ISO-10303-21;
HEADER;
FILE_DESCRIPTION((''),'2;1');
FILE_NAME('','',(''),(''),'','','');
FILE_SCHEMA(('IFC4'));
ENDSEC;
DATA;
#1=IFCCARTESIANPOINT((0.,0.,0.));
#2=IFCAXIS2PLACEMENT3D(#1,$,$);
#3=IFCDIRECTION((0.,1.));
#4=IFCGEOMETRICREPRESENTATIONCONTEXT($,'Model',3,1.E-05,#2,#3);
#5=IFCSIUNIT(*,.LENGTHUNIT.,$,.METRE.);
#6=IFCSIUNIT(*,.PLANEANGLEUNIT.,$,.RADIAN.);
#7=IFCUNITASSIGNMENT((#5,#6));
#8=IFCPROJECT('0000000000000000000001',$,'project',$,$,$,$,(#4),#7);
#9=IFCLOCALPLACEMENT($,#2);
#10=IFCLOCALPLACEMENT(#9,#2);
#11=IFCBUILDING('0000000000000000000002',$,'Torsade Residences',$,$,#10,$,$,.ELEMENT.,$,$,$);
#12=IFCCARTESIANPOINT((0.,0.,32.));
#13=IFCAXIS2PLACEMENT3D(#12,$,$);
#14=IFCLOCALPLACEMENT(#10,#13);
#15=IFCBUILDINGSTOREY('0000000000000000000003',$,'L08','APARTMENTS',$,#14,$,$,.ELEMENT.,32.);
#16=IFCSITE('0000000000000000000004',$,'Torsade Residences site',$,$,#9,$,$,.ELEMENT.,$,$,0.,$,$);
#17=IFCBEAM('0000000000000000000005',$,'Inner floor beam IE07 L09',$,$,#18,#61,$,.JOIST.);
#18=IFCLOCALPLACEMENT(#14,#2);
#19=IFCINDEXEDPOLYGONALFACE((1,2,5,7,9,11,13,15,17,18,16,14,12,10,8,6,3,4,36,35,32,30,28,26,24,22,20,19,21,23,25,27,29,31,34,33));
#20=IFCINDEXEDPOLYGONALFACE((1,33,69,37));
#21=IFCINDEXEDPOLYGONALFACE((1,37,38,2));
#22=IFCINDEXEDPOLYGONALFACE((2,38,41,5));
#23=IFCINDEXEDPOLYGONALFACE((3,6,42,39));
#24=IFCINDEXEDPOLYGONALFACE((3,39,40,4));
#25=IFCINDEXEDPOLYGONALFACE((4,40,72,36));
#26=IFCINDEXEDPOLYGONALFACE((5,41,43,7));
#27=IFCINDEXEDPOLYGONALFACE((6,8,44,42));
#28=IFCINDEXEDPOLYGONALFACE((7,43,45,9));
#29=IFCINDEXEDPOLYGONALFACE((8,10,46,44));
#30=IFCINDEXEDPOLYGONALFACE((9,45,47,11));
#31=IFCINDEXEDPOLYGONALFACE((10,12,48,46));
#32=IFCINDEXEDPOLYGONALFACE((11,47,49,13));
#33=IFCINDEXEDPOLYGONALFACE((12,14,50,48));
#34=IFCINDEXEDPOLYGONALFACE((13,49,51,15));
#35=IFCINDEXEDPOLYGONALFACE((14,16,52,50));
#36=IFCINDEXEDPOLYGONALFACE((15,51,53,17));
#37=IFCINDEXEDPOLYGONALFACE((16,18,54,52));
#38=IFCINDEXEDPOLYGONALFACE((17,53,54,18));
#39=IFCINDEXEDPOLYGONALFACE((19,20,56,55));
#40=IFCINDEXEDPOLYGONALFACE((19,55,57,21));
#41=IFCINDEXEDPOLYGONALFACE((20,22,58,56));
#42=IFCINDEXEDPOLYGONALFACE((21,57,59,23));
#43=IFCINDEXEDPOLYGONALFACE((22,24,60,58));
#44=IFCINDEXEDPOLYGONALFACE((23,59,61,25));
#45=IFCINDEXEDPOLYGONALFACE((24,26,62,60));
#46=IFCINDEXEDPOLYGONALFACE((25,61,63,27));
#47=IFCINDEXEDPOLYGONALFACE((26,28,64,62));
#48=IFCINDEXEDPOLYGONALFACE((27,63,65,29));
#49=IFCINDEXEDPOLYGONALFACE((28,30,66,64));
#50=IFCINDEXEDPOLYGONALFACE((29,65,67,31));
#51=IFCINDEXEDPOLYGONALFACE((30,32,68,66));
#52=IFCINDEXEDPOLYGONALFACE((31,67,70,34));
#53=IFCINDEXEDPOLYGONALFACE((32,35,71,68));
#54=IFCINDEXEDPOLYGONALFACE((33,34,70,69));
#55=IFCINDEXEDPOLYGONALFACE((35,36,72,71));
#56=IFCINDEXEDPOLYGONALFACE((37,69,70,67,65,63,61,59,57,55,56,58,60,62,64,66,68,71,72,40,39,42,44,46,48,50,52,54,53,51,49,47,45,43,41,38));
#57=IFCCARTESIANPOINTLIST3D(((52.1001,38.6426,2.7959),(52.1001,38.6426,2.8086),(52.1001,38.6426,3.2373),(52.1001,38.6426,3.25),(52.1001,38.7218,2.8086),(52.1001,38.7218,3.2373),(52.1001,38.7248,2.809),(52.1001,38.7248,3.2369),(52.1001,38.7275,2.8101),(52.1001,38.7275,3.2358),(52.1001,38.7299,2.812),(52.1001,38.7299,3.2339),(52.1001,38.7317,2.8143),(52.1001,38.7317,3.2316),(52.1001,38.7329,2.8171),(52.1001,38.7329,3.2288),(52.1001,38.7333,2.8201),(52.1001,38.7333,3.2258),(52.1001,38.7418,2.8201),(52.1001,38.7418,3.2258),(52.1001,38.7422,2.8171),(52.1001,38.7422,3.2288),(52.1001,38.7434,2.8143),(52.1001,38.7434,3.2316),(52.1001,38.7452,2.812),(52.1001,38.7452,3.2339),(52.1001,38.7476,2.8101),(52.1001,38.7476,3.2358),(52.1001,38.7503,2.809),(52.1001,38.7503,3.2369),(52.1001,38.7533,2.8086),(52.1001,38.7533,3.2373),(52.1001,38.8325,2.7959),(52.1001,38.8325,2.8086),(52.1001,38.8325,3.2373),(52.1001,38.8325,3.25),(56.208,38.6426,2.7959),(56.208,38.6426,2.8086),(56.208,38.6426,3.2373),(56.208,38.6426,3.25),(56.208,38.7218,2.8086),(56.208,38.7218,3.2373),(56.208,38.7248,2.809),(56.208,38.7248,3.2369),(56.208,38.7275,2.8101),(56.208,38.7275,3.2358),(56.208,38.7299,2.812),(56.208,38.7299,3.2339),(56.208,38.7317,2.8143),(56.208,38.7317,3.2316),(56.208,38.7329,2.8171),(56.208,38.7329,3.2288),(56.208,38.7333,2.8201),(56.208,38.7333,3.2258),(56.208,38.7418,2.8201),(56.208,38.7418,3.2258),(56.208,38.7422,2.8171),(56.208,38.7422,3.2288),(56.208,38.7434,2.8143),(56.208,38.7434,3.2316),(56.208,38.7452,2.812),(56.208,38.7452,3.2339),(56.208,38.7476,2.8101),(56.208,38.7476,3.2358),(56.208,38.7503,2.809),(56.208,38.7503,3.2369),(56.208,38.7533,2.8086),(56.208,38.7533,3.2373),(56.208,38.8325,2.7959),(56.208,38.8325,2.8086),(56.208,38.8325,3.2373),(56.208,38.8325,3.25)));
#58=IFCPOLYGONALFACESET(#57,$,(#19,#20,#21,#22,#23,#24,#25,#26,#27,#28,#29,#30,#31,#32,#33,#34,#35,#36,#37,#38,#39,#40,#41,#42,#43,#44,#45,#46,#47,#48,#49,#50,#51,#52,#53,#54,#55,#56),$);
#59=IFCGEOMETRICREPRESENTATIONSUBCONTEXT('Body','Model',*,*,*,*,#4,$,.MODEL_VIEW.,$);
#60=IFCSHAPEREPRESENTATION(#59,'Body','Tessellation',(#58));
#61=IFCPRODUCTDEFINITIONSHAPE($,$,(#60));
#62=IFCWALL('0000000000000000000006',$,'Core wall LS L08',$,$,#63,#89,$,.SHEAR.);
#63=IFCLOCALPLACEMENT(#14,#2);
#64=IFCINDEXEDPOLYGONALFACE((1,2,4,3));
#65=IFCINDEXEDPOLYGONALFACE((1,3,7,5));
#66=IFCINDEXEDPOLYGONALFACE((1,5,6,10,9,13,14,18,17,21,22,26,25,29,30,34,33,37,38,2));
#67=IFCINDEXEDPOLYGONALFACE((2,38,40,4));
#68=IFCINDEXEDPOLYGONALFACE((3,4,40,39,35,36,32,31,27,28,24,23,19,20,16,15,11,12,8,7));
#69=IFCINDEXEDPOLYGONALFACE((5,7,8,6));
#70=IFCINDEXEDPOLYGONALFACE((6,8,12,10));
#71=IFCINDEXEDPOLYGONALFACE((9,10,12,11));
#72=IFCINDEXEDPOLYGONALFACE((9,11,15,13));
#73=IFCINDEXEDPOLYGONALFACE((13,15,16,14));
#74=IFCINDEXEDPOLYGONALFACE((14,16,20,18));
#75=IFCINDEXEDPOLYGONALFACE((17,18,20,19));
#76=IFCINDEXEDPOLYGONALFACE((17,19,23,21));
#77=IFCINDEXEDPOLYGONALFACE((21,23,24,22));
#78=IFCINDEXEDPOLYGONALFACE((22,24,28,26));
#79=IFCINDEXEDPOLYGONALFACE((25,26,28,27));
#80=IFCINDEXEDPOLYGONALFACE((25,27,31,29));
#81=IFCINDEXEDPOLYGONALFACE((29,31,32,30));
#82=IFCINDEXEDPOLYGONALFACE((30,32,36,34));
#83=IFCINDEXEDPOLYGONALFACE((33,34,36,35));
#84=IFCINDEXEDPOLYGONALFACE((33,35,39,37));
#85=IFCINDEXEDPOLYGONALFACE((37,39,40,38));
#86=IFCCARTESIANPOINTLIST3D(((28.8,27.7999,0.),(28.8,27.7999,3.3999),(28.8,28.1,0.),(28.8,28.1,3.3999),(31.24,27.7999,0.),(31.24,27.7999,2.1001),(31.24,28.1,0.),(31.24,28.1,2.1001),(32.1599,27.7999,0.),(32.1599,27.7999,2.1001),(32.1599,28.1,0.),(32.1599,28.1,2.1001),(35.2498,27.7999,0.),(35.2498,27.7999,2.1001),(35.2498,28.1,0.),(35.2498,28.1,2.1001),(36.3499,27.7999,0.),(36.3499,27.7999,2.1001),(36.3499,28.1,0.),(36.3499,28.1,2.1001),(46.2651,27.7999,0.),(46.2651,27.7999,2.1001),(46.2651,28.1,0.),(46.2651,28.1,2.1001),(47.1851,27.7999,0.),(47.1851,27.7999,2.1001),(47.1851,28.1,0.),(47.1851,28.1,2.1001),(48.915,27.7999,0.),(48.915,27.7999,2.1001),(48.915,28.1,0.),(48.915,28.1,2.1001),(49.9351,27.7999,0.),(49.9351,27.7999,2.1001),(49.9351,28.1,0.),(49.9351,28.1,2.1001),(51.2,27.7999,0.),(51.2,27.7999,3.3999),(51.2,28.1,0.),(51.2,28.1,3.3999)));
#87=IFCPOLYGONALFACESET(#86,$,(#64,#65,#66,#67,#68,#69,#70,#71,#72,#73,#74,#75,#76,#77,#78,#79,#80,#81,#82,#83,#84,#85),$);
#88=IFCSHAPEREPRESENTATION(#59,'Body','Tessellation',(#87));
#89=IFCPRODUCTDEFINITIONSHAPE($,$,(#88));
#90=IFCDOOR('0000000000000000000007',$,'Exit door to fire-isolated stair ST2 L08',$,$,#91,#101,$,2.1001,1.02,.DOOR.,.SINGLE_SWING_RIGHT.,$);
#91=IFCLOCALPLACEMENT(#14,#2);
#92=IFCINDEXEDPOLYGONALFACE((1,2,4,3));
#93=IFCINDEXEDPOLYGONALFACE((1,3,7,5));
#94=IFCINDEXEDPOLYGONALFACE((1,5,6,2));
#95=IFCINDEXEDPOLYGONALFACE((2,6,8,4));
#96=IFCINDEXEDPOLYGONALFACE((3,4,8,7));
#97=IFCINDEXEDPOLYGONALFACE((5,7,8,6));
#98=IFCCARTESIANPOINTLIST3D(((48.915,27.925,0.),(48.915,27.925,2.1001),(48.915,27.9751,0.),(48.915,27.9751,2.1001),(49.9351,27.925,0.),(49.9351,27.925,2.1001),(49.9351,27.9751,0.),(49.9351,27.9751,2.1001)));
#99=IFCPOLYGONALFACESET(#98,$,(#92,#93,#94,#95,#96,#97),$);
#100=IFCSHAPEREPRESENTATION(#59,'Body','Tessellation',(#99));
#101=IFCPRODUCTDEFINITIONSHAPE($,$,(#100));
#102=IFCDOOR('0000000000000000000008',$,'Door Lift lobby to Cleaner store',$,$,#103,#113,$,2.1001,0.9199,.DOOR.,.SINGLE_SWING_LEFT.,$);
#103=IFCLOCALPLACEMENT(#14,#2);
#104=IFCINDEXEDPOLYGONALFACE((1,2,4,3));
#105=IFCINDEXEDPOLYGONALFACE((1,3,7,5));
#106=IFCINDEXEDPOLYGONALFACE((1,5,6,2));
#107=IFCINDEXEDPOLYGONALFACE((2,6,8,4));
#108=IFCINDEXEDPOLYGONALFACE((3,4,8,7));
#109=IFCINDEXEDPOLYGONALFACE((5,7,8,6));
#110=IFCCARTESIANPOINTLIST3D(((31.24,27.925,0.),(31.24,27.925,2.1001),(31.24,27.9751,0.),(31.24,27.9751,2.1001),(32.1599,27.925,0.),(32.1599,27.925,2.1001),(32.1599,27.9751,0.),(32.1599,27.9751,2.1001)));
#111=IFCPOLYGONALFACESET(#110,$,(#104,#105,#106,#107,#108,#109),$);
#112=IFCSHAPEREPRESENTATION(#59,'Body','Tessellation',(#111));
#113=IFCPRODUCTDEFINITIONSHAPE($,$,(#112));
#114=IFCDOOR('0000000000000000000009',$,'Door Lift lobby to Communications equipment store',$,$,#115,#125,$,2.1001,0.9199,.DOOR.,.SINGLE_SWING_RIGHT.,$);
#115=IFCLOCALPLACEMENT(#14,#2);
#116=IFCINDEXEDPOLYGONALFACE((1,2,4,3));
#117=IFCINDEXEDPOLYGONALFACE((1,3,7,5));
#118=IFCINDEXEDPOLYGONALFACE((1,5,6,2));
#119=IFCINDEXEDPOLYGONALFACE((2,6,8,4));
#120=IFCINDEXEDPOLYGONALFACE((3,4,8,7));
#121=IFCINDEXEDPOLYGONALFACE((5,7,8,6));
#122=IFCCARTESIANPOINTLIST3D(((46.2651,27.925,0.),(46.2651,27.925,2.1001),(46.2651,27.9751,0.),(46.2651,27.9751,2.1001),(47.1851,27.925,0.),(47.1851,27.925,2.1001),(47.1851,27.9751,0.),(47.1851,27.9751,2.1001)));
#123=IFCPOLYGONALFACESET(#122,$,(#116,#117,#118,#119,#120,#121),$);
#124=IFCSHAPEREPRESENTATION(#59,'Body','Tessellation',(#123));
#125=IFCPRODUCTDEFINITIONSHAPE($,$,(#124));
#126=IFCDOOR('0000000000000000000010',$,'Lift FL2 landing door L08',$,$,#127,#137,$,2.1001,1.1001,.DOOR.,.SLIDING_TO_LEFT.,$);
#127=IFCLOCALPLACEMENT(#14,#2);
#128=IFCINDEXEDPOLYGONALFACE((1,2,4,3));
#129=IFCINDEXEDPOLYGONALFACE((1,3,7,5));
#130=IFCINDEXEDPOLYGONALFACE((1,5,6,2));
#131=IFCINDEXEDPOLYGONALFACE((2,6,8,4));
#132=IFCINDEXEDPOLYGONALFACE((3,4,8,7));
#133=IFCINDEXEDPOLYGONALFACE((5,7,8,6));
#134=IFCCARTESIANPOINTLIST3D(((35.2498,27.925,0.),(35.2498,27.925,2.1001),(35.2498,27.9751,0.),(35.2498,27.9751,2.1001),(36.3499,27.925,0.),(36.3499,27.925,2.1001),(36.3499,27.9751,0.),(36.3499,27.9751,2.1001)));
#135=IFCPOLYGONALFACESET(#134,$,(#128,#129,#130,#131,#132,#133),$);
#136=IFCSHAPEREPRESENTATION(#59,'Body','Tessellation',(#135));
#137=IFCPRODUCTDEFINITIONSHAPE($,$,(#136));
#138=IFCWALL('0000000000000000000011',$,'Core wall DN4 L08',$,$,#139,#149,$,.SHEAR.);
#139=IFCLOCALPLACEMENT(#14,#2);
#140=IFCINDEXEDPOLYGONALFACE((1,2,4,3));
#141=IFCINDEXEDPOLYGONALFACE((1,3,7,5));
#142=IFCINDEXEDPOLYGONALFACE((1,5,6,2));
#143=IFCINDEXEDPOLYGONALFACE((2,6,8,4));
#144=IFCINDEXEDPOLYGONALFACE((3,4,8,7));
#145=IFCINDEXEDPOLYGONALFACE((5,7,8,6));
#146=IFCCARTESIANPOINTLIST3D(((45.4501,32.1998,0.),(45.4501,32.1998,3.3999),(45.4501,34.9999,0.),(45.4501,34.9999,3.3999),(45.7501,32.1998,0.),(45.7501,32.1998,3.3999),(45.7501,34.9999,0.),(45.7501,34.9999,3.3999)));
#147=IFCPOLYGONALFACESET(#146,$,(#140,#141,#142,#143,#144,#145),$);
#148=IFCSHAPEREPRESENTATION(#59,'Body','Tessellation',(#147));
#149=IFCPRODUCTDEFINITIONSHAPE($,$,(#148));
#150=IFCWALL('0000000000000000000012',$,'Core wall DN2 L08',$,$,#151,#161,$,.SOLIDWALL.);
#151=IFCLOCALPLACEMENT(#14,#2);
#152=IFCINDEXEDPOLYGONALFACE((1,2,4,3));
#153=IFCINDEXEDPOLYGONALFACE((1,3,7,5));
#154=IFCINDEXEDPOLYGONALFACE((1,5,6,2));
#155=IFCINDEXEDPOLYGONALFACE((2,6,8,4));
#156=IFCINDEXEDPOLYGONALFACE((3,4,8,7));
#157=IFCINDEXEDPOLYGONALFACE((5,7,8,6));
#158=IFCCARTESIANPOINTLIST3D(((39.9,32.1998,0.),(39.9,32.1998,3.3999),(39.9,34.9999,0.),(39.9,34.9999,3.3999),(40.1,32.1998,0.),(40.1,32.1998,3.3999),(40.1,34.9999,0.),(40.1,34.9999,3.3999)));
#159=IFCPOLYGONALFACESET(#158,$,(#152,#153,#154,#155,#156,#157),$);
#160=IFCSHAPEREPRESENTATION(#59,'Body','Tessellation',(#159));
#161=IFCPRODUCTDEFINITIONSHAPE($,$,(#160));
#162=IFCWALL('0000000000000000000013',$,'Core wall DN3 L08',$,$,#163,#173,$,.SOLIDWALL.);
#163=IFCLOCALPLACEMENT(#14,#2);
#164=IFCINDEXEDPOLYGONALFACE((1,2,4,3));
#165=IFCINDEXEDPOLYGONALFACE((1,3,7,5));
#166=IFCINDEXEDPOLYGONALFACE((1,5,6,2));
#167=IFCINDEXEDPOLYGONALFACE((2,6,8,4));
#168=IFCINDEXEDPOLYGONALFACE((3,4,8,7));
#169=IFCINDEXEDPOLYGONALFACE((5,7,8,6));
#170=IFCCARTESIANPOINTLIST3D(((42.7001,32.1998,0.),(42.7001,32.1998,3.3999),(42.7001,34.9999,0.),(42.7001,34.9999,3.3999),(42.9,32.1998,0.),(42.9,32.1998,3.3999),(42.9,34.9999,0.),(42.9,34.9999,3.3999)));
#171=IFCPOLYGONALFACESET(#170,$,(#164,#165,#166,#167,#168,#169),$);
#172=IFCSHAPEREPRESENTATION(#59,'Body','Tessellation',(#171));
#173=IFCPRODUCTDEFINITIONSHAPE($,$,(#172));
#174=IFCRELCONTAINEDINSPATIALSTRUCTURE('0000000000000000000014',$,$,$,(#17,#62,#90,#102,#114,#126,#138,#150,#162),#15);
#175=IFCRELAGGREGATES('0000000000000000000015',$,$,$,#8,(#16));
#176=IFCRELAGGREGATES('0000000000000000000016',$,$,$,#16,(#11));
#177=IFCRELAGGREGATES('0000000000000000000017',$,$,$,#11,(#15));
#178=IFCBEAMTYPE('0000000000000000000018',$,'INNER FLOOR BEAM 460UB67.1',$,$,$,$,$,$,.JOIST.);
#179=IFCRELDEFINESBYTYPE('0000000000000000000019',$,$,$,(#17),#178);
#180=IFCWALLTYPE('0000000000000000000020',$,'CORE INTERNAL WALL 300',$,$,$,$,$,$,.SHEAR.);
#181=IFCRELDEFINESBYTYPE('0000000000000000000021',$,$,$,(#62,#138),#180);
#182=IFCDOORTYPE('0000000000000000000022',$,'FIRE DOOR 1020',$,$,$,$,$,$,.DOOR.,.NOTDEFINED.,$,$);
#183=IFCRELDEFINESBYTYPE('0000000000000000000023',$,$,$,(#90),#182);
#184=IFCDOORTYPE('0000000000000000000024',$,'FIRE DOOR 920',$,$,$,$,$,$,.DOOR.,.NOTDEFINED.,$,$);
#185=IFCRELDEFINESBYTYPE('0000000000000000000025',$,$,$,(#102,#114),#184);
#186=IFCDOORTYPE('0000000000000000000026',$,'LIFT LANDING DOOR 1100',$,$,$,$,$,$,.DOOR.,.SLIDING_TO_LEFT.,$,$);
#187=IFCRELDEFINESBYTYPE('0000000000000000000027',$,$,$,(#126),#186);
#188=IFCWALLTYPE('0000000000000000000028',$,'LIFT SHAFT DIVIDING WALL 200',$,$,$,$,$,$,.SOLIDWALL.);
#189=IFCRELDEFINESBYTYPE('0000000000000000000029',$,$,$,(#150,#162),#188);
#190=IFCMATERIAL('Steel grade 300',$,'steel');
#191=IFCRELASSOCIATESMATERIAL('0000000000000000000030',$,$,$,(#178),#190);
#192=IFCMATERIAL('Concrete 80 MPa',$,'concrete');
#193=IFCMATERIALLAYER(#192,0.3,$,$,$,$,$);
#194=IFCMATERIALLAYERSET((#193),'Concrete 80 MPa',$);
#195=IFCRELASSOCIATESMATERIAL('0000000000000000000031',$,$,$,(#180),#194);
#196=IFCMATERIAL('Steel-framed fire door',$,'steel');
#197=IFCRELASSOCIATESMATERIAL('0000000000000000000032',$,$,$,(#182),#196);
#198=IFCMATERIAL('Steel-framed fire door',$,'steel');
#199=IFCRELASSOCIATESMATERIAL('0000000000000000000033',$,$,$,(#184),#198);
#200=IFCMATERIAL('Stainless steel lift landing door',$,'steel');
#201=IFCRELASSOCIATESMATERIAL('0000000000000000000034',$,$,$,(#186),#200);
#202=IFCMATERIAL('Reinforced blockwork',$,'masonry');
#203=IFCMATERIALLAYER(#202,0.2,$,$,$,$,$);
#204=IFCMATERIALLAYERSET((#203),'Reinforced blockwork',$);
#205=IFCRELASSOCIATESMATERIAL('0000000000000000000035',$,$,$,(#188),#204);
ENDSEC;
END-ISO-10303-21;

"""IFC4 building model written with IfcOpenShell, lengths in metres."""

from ifc_helpers import new_model, si_unit, direction, frame, frame_2d, origin, origin_2d, place, context, subcontext, project, spatial, rectangle, i_section, extrude, material, layer, layer_set, material_profile, profile_set, type_object, element, fill, save


model = new_model("IFC4")

# Units and contexts
model_context = context("Model", 3, precision=1e-05, world=origin(), true_north=direction((0.0, 1.0)))
body_context = subcontext(model_context, "Body", "Model", "MODEL_VIEW")
ifc_project = project(units=[si_unit("LENGTHUNIT", "METRE"), si_unit("PLANEANGLEUNIT", "RADIAN")], contexts=[model_context])

# Site, building, storey
site_placement = place(None, origin())
site = spatial("IfcSite", under=ifc_project, at=site_placement, Name="Torsade Residences site", CompositionType="ELEMENT", RefElevation=0.0)
building_placement = place(site_placement, origin())
building = spatial("IfcBuilding", under=site, at=building_placement, Name="Torsade Residences", CompositionType="ELEMENT")
storey_placement = place(building_placement, frame((0.0, 0.0, 32.0)))
storey = spatial("IfcBuildingStorey", under=building, at=storey_placement, Name="L08", Description="APARTMENTS", CompositionType="ELEMENT", Elevation=32.0)

# Beam
ifc_material_1 = material(Name="Steel grade 300", Category="steel")
ifc_material_profile_1 = material_profile(ifc_material_1, i_section(OverallWidth=0.1899, OverallDepth=0.4541, WebThickness=0.0085, FlangeThickness=0.0127, FilletRadius=0.0115, at=origin_2d()), Name="460UB67.1")
ifc_profile_set_1 = profile_set([ifc_material_profile_1], Name="Steel grade 300")
beam_type = type_object("IfcBeamType", Name="INNER FLOOR BEAM 460UB67.1", PredefinedType="JOIST", material=ifc_profile_set_1)
beam_1_placement = place(storey_placement, frame((52.1001, 38.7375, 3.0229), z_axis=(1.0, 0.0, 0.0), x_axis=(0.0, 1.0, 0.0)))
element("IfcBeam", 1, at=beam_1_placement, inside=storey, type_object=beam_type, Name="Inner floor beam IE07 L09", PredefinedType="JOIST", context=body_context, shape_type="SweptSolid", body=[
    extrude(i_section(OverallWidth=0.1899, OverallDepth=0.4541, WebThickness=0.0085, FlangeThickness=0.0127, FilletRadius=0.0115, at=origin_2d()), origin(), (0.0, 0.0, 1.0), 4.1079),
])

# Wall, openings, doors
ifc_material_2 = material(Name="Concrete 80 MPa", Category="concrete")
ifc_layer_1 = layer(ifc_material_2, 0.3)
ifc_layer_set_1 = layer_set([ifc_layer_1], Name="Concrete 80 MPa")
wall_type_1 = type_object("IfcWallType", Name="CORE INTERNAL WALL 300", PredefinedType="SHEAR", material=ifc_layer_set_1)
wall_1_placement = place(storey_placement, frame((51.2, 27.95, 0.0), z_axis=(0.0, 0.0, 1.0), x_axis=(-1.0, 0.0, 0.0)))
wall_1 = element("IfcWall", 2, at=wall_1_placement, inside=storey, type_object=wall_type_1, Name="Core wall LS L08", PredefinedType="SHEAR", context=body_context, shape_type="SweptSolid", body=[
    extrude(rectangle(XDim=22.3999, YDim=0.3, at=frame_2d((11.2, 0.0))), origin(), (0.0, 0.0, 1.0), 3.3999),
])
opening_1_placement = place(wall_1_placement, frame((19.04, 0.0, 0.0)))
opening_1 = element("IfcOpeningElement", 3, at=opening_1_placement, cuts=wall_1, PredefinedType="OPENING", context=body_context, shape_type="SweptSolid", body=[
    extrude(rectangle(XDim=0.9199, YDim=2.1001, at=frame_2d((0.46, 1.05))), frame((0.0, 0.1599, 0.0), z_axis=(0.0, -1.0, 0.0), x_axis=(1.0, 0.0, 0.0)), (0.0, 0.0, 1.0), 0.3201),
])
opening_2_placement = place(wall_1_placement, frame((1.2649, 0.0, 0.0)))
opening_2 = element("IfcOpeningElement", 4, at=opening_2_placement, cuts=wall_1, PredefinedType="OPENING", context=body_context, shape_type="SweptSolid", body=[
    extrude(rectangle(XDim=1.02, YDim=2.1001, at=frame_2d((0.51, 1.05))), frame((0.0, 0.1599, 0.0), z_axis=(0.0, -1.0, 0.0), x_axis=(1.0, 0.0, 0.0)), (0.0, 0.0, 1.0), 0.3201),
])
opening_3_placement = place(wall_1_placement, frame((4.0149, 0.0, 0.0)))
opening_3 = element("IfcOpeningElement", 5, at=opening_3_placement, cuts=wall_1, PredefinedType="OPENING", context=body_context, shape_type="SweptSolid", body=[
    extrude(rectangle(XDim=0.9199, YDim=2.1001, at=frame_2d((0.46, 1.05))), frame((0.0, 0.1599, 0.0), z_axis=(0.0, -1.0, 0.0), x_axis=(1.0, 0.0, 0.0)), (0.0, 0.0, 1.0), 0.3201),
])
opening_4_placement = place(wall_1_placement, frame((14.8501, 0.0, 0.0)))
opening_4 = element("IfcOpeningElement", 6, at=opening_4_placement, cuts=wall_1, PredefinedType="OPENING", context=body_context, shape_type="SweptSolid", body=[
    extrude(rectangle(XDim=1.1001, YDim=2.1001, at=frame_2d((0.55, 1.05))), frame((0.0, 0.1599, 0.0), z_axis=(0.0, -1.0, 0.0), x_axis=(1.0, 0.0, 0.0)), (0.0, 0.0, 1.0), 0.3201),
])
ifc_material_3 = material(Name="Steel-framed fire door", Category="steel")
door_type_1 = type_object("IfcDoorType", Name="FIRE DOOR 1020", OperationType="NOTDEFINED", PredefinedType="DOOR", material=ifc_material_3)
door_1_placement = place(opening_2_placement, origin())
door_1 = element("IfcDoor", 7, at=door_1_placement, inside=storey, type_object=door_type_1, Name="Exit door to fire-isolated stair ST2 L08", OperationType="SINGLE_SWING_RIGHT", OverallHeight=2.1001, OverallWidth=1.02, PredefinedType="DOOR", context=body_context, shape_type="SweptSolid", body=[
    extrude(rectangle(XDim=1.02, YDim=2.1001, at=frame_2d((0.51, 1.05))), frame((0.0, 0.0249, 0.0), z_axis=(0.0, -1.0, 0.0), x_axis=(1.0, 0.0, 0.0)), (0.0, 0.0, 1.0), 0.05),
])
fill(opening_2, door_1)
ifc_material_4 = material(Name="Steel-framed fire door", Category="steel")
door_type_2 = type_object("IfcDoorType", Name="FIRE DOOR 920", OperationType="NOTDEFINED", PredefinedType="DOOR", material=ifc_material_4)
door_2_placement = place(opening_1_placement, origin())
door_2 = element("IfcDoor", 8, at=door_2_placement, inside=storey, type_object=door_type_2, Name="Door Lift lobby to Cleaner store", OperationType="SINGLE_SWING_LEFT", OverallHeight=2.1001, OverallWidth=0.9199, PredefinedType="DOOR", context=body_context, shape_type="SweptSolid", body=[
    extrude(rectangle(XDim=0.9199, YDim=2.1001, at=frame_2d((0.46, 1.05))), frame((0.0, 0.0249, 0.0), z_axis=(0.0, -1.0, 0.0), x_axis=(1.0, 0.0, 0.0)), (0.0, 0.0, 1.0), 0.05),
])
fill(opening_1, door_2)
door_3_placement = place(opening_3_placement, origin())
door_3 = element("IfcDoor", 9, at=door_3_placement, inside=storey, type_object=door_type_2, Name="Door Lift lobby to Communications equipment store", OperationType="SINGLE_SWING_RIGHT", OverallHeight=2.1001, OverallWidth=0.9199, PredefinedType="DOOR", context=body_context, shape_type="SweptSolid", body=[
    extrude(rectangle(XDim=0.9199, YDim=2.1001, at=frame_2d((0.46, 1.05))), frame((0.0, 0.0249, 0.0), z_axis=(0.0, -1.0, 0.0), x_axis=(1.0, 0.0, 0.0)), (0.0, 0.0, 1.0), 0.05),
])
fill(opening_3, door_3)
ifc_material_5 = material(Name="Stainless steel lift landing door", Category="steel")
door_type_3 = type_object("IfcDoorType", Name="LIFT LANDING DOOR 1100", OperationType="SLIDING_TO_LEFT", PredefinedType="DOOR", material=ifc_material_5)
door_4_placement = place(opening_4_placement, origin())
door_4 = element("IfcDoor", 10, at=door_4_placement, inside=storey, type_object=door_type_3, Name="Lift FL2 landing door L08", OperationType="SLIDING_TO_LEFT", OverallHeight=2.1001, OverallWidth=1.1001, PredefinedType="DOOR", context=body_context, shape_type="SweptSolid", body=[
    extrude(rectangle(XDim=1.1001, YDim=2.1001, at=frame_2d((0.55, 1.05))), frame((0.0, 0.0249, 0.0), z_axis=(0.0, -1.0, 0.0), x_axis=(1.0, 0.0, 0.0)), (0.0, 0.0, 1.0), 0.05),
])
fill(opening_4, door_4)

# Walls
wall_2_placement = place(storey_placement, frame((45.6001, 32.2, 0.0), z_axis=(0.0, 0.0, 1.0), x_axis=(0.0, 1.0, 0.0)))
element("IfcWall", 11, at=wall_2_placement, inside=storey, type_object=wall_type_1, Name="Core wall DN4 L08", PredefinedType="SHEAR", context=body_context, shape_type="SweptSolid", body=[
    extrude(rectangle(XDim=2.8, YDim=0.3, at=frame_2d((1.3999, 0.0))), origin(), (0.0, 0.0, 1.0), 3.3999),
])
ifc_material_6 = material(Name="Reinforced blockwork", Category="masonry")
ifc_layer_2 = layer(ifc_material_6, 0.2)
ifc_layer_set_2 = layer_set([ifc_layer_2], Name="Reinforced blockwork")
wall_type_2 = type_object("IfcWallType", Name="LIFT SHAFT DIVIDING WALL 200", PredefinedType="SOLIDWALL", material=ifc_layer_set_2)
for number, where, z_axis, x_axis, name in (
    (12, (40.0, 32.2, 0.0), (0.0, 0.0, 1.0), (0.0, 1.0, 0.0), "Core wall DN2 L08"),
    (13, (42.8, 32.2, 0.0), (0.0, 0.0, 1.0), (0.0, 1.0, 0.0), "Core wall DN3 L08"),
):
    element("IfcWall", number, at=place(storey_placement, frame(where, z_axis=z_axis, x_axis=x_axis)), inside=storey, type_object=wall_type_2, Name=name, PredefinedType="SOLIDWALL", context=body_context, shape_type="SweptSolid", body=[
        extrude(rectangle(XDim=2.8, YDim=0.2, at=frame_2d((1.3999, 0.0))), origin(), (0.0, 0.0, 1.0), 3.3999),
    ])

save(model, "model.ifc")
